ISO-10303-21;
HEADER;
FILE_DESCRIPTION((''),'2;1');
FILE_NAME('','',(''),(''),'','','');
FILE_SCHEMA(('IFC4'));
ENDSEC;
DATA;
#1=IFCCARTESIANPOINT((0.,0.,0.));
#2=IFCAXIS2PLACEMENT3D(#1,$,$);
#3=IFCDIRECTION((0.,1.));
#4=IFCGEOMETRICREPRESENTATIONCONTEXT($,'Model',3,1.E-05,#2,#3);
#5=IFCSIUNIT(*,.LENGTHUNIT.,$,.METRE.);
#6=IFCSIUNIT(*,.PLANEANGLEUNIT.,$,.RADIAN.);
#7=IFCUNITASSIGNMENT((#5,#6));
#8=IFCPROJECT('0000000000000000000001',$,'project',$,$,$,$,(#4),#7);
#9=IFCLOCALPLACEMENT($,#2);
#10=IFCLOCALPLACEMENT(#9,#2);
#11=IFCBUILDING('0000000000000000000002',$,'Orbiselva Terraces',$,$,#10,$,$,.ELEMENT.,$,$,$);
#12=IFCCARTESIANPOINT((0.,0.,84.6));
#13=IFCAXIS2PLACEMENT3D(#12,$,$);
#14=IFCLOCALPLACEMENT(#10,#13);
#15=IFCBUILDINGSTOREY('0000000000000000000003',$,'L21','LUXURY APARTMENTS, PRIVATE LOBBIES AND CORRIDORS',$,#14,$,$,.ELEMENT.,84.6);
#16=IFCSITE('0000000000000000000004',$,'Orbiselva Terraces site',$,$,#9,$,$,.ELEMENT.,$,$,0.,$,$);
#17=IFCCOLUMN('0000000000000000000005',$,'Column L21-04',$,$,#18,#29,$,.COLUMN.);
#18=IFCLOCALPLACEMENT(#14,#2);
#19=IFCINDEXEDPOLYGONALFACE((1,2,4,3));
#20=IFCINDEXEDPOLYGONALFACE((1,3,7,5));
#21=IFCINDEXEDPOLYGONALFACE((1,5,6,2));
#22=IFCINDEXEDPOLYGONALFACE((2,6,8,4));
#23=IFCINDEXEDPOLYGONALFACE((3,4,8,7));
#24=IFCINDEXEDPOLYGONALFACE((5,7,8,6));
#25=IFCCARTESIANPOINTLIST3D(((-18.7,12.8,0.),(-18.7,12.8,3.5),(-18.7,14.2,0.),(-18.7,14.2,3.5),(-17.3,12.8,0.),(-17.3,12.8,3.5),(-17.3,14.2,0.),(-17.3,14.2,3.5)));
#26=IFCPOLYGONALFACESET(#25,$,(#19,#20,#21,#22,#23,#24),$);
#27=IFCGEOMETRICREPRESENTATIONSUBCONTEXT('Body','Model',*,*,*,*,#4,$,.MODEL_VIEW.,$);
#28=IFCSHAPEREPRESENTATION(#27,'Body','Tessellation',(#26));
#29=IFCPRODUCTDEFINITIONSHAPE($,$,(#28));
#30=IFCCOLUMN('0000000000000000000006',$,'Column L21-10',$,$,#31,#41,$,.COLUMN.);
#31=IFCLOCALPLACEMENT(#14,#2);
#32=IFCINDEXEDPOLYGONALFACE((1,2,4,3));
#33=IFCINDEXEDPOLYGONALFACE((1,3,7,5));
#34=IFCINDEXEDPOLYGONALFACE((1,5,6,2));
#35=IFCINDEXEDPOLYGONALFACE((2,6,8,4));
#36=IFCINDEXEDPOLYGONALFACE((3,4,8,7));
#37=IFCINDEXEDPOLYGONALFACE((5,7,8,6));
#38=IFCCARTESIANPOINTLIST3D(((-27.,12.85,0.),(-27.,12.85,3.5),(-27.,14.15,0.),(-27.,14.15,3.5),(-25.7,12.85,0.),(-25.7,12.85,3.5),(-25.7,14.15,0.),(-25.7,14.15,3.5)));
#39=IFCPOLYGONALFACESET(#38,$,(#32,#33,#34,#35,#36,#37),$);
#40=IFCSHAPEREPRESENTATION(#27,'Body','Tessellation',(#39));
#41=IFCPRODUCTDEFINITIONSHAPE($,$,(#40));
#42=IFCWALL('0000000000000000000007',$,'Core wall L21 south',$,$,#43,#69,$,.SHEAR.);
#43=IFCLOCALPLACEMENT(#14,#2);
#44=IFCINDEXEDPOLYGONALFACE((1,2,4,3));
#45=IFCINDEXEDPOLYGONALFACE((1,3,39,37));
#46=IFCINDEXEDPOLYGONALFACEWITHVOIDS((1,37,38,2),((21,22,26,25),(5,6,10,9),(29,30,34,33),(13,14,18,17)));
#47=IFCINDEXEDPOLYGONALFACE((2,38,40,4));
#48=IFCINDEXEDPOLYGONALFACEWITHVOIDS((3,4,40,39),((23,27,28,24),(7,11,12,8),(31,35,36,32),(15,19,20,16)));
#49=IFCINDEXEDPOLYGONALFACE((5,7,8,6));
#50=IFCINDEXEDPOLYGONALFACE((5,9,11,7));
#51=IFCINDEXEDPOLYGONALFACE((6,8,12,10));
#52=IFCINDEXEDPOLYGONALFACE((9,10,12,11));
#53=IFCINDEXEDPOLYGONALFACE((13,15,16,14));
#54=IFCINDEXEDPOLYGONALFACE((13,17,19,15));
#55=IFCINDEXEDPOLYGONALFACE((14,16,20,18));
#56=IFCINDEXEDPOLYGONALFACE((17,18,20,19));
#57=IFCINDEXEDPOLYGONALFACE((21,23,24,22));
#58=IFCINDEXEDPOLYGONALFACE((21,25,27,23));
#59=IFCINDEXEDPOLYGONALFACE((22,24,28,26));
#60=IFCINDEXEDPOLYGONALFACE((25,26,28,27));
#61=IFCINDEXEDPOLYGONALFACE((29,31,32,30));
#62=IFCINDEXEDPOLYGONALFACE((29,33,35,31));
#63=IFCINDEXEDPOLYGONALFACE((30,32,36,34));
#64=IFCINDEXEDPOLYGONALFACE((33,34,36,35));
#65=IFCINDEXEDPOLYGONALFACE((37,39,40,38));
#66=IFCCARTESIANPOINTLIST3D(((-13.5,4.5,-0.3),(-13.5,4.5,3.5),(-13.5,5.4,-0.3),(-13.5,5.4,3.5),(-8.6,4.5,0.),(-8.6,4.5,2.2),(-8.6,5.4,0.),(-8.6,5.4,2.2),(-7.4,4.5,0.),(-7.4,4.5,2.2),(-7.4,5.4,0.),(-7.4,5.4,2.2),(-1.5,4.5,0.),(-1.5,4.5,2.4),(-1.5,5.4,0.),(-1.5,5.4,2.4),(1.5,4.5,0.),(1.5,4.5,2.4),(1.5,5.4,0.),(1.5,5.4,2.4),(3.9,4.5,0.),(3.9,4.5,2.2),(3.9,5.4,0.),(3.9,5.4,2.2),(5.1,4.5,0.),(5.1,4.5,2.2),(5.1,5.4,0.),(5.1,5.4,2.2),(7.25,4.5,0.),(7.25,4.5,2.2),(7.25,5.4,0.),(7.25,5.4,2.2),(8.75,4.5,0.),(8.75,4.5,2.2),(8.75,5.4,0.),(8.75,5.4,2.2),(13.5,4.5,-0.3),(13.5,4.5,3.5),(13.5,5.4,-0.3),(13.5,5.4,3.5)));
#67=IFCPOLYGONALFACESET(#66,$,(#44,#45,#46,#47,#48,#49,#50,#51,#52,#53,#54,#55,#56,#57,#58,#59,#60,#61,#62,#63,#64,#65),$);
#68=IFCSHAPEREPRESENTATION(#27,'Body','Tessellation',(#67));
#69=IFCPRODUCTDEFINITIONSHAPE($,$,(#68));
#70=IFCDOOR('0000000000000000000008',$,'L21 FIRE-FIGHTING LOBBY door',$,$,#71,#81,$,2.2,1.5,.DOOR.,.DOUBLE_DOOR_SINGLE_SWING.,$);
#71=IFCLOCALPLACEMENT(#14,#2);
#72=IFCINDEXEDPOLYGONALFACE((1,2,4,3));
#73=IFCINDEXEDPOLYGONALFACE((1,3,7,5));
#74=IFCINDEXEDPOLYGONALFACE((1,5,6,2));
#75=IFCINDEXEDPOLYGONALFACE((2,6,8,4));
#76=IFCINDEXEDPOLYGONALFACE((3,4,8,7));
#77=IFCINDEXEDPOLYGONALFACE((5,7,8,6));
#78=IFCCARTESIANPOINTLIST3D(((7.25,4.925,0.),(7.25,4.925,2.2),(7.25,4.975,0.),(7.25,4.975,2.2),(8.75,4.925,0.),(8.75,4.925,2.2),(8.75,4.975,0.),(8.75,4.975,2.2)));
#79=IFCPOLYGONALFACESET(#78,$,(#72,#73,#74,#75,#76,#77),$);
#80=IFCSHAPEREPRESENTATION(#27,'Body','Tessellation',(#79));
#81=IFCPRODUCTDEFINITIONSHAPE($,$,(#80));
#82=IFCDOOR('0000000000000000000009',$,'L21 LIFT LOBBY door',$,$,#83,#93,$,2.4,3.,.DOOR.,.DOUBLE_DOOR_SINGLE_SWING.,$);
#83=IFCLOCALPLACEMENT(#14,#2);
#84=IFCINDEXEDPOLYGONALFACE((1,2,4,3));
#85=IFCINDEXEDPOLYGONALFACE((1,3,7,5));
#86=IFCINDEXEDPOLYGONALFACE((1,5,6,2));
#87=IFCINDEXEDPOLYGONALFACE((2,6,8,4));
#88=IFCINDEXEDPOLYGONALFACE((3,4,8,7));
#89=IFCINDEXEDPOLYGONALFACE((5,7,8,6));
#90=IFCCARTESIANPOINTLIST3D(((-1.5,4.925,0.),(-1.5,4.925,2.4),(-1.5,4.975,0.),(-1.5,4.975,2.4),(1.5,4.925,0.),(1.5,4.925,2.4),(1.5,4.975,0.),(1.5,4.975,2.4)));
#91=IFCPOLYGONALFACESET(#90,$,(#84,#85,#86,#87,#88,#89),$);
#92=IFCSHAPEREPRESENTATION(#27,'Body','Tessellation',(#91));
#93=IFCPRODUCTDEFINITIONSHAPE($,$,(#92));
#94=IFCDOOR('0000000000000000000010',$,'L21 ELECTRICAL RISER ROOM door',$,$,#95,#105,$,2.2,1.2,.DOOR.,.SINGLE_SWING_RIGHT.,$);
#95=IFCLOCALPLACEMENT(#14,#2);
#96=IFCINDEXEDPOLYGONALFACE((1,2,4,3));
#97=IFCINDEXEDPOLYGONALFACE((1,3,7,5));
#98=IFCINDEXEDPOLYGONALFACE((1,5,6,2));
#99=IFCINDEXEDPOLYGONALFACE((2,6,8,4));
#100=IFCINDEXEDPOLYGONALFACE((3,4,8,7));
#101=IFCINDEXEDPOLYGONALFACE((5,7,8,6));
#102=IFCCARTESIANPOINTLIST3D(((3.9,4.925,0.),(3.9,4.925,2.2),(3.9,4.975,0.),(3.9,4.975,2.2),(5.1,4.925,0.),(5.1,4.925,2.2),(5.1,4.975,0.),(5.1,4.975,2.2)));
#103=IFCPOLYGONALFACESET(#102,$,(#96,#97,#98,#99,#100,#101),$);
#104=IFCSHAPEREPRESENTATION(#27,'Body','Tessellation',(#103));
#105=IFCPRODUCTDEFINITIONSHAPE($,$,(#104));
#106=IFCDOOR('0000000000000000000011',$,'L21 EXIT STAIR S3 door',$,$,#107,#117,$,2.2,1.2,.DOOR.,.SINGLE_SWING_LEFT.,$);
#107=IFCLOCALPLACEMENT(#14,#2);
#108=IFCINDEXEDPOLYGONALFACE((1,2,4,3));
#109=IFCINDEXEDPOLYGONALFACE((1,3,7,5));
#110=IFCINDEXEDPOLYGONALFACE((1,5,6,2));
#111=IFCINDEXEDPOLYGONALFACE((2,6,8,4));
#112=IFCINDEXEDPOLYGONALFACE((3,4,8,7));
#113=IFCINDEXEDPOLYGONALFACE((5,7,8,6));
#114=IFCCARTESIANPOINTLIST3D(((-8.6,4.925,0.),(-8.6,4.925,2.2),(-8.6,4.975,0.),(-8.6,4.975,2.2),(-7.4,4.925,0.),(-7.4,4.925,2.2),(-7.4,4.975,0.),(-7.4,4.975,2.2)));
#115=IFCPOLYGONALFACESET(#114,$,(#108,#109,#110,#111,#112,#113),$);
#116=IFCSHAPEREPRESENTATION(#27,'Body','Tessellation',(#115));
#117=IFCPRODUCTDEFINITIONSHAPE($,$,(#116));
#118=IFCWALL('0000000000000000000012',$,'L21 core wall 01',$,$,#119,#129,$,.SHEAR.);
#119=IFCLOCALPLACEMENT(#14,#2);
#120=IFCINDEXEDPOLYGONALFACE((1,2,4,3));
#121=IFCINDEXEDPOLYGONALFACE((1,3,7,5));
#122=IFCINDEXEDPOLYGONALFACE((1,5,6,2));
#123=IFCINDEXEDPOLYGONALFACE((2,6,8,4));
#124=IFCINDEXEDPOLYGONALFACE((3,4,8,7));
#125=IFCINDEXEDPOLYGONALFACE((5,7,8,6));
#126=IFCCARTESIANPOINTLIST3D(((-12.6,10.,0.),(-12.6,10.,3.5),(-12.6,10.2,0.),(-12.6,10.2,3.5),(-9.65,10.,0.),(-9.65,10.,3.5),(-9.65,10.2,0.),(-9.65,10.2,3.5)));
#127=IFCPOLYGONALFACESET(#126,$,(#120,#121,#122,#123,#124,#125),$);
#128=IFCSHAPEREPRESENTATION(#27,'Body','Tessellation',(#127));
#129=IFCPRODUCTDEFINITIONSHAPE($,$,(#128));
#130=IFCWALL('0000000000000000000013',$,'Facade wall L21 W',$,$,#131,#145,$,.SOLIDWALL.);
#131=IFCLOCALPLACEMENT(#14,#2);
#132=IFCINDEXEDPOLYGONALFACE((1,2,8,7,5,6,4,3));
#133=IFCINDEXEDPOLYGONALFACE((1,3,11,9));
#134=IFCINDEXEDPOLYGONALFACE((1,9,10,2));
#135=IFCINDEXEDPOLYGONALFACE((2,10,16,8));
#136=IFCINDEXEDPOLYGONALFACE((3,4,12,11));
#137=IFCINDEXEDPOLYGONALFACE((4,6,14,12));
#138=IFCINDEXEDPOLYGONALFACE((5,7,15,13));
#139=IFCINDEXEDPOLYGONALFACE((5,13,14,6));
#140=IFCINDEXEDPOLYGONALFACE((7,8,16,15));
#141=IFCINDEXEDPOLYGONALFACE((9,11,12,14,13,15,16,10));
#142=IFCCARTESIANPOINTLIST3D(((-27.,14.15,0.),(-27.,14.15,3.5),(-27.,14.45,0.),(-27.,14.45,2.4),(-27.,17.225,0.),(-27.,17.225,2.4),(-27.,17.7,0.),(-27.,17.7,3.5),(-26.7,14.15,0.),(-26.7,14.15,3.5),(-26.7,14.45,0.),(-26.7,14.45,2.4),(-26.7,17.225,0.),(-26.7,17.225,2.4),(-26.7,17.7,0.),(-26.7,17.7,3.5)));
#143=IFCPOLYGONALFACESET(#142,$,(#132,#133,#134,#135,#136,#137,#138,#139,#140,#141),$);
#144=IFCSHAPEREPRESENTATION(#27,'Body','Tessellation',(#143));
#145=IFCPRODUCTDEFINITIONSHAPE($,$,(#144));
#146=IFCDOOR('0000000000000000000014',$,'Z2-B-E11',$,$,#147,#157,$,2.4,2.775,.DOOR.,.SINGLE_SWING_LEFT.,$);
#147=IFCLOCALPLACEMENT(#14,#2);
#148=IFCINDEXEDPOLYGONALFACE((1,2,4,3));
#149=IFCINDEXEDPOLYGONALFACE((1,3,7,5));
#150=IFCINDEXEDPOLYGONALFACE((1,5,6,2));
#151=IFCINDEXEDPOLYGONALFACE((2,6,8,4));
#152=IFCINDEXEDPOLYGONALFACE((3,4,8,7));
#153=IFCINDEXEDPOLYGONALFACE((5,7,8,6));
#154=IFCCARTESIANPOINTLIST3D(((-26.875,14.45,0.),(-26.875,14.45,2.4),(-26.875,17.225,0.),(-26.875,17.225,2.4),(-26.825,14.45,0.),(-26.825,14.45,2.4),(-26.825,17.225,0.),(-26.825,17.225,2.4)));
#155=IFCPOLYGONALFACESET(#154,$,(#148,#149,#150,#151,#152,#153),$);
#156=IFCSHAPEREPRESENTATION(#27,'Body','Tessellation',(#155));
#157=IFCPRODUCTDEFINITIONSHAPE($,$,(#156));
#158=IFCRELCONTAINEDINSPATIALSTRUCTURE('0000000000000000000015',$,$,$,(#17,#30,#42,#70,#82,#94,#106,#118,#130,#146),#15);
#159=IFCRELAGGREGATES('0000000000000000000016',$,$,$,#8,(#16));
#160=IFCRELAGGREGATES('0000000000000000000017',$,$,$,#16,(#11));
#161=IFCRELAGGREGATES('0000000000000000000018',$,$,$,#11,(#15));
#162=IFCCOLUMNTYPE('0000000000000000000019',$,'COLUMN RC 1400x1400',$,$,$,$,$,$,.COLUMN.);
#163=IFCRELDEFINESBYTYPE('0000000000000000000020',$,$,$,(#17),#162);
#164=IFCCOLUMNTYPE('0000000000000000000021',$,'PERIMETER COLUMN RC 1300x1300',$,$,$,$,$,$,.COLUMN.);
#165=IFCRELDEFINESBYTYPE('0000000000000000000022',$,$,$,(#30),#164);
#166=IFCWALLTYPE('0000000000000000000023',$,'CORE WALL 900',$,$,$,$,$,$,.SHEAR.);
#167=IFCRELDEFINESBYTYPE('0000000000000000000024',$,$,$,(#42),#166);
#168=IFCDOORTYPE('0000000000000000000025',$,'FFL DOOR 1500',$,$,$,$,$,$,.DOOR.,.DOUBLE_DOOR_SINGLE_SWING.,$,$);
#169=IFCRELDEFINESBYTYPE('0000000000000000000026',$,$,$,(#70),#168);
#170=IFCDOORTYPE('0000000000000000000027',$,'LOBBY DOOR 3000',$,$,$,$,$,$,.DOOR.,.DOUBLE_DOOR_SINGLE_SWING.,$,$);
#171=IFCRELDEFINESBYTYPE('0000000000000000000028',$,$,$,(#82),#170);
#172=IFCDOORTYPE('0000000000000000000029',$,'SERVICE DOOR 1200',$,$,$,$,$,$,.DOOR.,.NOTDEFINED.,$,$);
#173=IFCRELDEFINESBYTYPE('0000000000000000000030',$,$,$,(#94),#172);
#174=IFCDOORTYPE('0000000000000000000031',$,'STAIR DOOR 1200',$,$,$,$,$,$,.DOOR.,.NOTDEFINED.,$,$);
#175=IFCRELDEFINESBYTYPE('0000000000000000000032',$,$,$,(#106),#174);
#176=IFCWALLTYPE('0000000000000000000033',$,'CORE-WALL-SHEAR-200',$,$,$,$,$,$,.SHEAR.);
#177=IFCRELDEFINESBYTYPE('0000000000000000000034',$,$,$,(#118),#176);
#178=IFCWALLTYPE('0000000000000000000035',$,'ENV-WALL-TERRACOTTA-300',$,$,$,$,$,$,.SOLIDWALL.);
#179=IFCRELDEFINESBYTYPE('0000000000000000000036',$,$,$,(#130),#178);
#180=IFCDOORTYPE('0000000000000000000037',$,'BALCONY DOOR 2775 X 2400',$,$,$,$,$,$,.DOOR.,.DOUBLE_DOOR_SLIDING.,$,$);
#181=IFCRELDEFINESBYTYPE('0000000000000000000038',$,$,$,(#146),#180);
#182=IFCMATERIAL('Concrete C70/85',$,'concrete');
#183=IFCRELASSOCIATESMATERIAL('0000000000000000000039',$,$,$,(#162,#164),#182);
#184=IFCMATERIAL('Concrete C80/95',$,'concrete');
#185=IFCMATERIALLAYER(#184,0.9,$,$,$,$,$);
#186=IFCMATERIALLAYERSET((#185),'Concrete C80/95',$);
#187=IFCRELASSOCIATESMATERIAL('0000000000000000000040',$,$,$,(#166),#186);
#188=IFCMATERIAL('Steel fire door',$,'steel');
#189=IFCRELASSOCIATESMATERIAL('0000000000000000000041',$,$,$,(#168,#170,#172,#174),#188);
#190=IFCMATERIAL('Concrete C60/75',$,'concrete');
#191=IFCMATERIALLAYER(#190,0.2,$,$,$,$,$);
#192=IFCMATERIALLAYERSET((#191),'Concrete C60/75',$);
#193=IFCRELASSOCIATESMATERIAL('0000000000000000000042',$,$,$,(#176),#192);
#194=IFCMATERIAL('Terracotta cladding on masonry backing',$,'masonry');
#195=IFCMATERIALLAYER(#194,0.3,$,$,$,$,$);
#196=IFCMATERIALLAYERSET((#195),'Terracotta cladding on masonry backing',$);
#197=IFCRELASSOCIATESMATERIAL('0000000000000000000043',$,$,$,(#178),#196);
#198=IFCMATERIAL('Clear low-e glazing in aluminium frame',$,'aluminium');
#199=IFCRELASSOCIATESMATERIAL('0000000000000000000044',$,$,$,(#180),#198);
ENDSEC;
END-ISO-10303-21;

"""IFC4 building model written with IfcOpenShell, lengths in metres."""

from ifc_helpers import new_model, si_unit, direction, frame, frame_2d, origin, origin_2d, place, context, subcontext, project, spatial, rectangle, extrude, material, layer, layer_set, material_profile, profile_set, type_object, element, fill, save


model = new_model("IFC4")

# Units and contexts
model_context = context("Model", 3, precision=1e-05, world=origin(), true_north=direction((0.0, 1.0)))
body_context = subcontext(model_context, "Body", "Model", "MODEL_VIEW")
ifc_project = project(units=[si_unit("LENGTHUNIT", "METRE"), si_unit("PLANEANGLEUNIT", "RADIAN")], contexts=[model_context])

# Site, building, storey
site_placement = place(None, origin())
site = spatial("IfcSite", under=ifc_project, at=site_placement, Name="Orbiselva Terraces site", CompositionType="ELEMENT", RefElevation=0.0)
building_placement = place(site_placement, origin())
building = spatial("IfcBuilding", under=site, at=building_placement, Name="Orbiselva Terraces", CompositionType="ELEMENT")
storey_placement = place(building_placement, frame((0.0, 0.0, 84.6)))
storey = spatial("IfcBuildingStorey", under=building, at=storey_placement, Name="L21", Description="LUXURY APARTMENTS, PRIVATE LOBBIES AND CORRIDORS", CompositionType="ELEMENT", Elevation=84.6)

# Columns
ifc_material_1 = material(Name="Concrete C70/85", Category="concrete")
ifc_material_profile_1 = material_profile(ifc_material_1, rectangle(XDim=1.4, YDim=1.4, at=origin_2d()), Name="RC 1400x1400")
ifc_profile_set_1 = profile_set([ifc_material_profile_1], Name="Concrete C70/85")
column_type_1 = type_object("IfcColumnType", Name="COLUMN RC 1400x1400", PredefinedType="COLUMN", material=ifc_profile_set_1)
column_1_placement = place(storey_placement, frame((-18.0, 13.5, 0.0), z_axis=(0.0, 0.0, 1.0), x_axis=(1.0, 0.0, 0.0)))
element("IfcColumn", 1, at=column_1_placement, inside=storey, type_object=column_type_1, Name="Column L21-04", PredefinedType="COLUMN", context=body_context, shape_type="SweptSolid", body=[
    extrude(rectangle(XDim=1.4, YDim=1.4, at=origin_2d()), origin(), (0.0, 0.0, 1.0), 3.5),
])
ifc_material_profile_2 = material_profile(ifc_material_1, rectangle(XDim=1.3, YDim=1.3, at=origin_2d()), Name="RC 1300x1300")
ifc_profile_set_2 = profile_set([ifc_material_profile_2], Name="Concrete C70/85")
column_type_2 = type_object("IfcColumnType", Name="PERIMETER COLUMN RC 1300x1300", PredefinedType="COLUMN", material=ifc_profile_set_2)
column_2_placement = place(storey_placement, frame((-26.35, 13.5, 0.0), z_axis=(0.0, 0.0, 1.0), x_axis=(1.0, 0.0, 0.0)))
element("IfcColumn", 2, at=column_2_placement, inside=storey, type_object=column_type_2, Name="Column L21-10", PredefinedType="COLUMN", context=body_context, shape_type="SweptSolid", body=[
    extrude(rectangle(XDim=1.3, YDim=1.3, at=origin_2d()), origin(), (0.0, 0.0, 1.0), 3.5),
])

# Wall, openings, doors
ifc_material_2 = material(Name="Concrete C80/95", Category="concrete")
ifc_layer_1 = layer(ifc_material_2, 0.9)
ifc_layer_set_1 = layer_set([ifc_layer_1], Name="Concrete C80/95")
wall_type_1 = type_object("IfcWallType", Name="CORE WALL 900", PredefinedType="SHEAR", material=ifc_layer_set_1)
wall_1_placement = place(storey_placement, frame((-13.5, 4.95, -0.3), z_axis=(0.0, 0.0, 1.0), x_axis=(1.0, 0.0, 0.0)))
wall_1 = element("IfcWall", 3, at=wall_1_placement, inside=storey, type_object=wall_type_1, Name="Core wall L21 south", PredefinedType="SHEAR", context=body_context, shape_type="SweptSolid", body=[
    extrude(rectangle(XDim=27.0, YDim=0.9, at=frame_2d((13.5, 0.0))), origin(), (0.0, 0.0, 1.0), 3.8),
])
opening_1_placement = place(wall_1_placement, frame((12.0, 0.0, 0.3)))
opening_1 = element("IfcOpeningElement", 4, at=opening_1_placement, cuts=wall_1, PredefinedType="OPENING", context=body_context, shape_type="SweptSolid", body=[
    extrude(rectangle(XDim=3.0, YDim=2.4, at=frame_2d((1.5, 1.2))), frame((0.0, 0.46, 0.0), z_axis=(0.0, -1.0, 0.0), x_axis=(1.0, 0.0, 0.0)), (0.0, 0.0, 1.0), 0.92),
])
opening_2_placement = place(wall_1_placement, frame((4.9, 0.0, 0.3)))
opening_2 = element("IfcOpeningElement", 5, at=opening_2_placement, cuts=wall_1, PredefinedType="OPENING", context=body_context, shape_type="SweptSolid", body=[
    extrude(rectangle(XDim=1.2, YDim=2.2, at=frame_2d((0.6, 1.1))), frame((0.0, 0.46, 0.0), z_axis=(0.0, -1.0, 0.0), x_axis=(1.0, 0.0, 0.0)), (0.0, 0.0, 1.0), 0.92),
])
opening_3_placement = place(wall_1_placement, frame((20.75, 0.0, 0.3)))
opening_3 = element("IfcOpeningElement", 6, at=opening_3_placement, cuts=wall_1, PredefinedType="OPENING", context=body_context, shape_type="SweptSolid", body=[
    extrude(rectangle(XDim=1.5, YDim=2.2, at=frame_2d((0.75, 1.1))), frame((0.0, 0.46, 0.0), z_axis=(0.0, -1.0, 0.0), x_axis=(1.0, 0.0, 0.0)), (0.0, 0.0, 1.0), 0.92),
])
opening_4_placement = place(wall_1_placement, frame((17.4, 0.0, 0.3)))
opening_4 = element("IfcOpeningElement", 7, at=opening_4_placement, cuts=wall_1, PredefinedType="OPENING", context=body_context, shape_type="SweptSolid", body=[
    extrude(rectangle(XDim=1.2, YDim=2.2, at=frame_2d((0.6, 1.1))), frame((0.0, 0.46, 0.0), z_axis=(0.0, -1.0, 0.0), x_axis=(1.0, 0.0, 0.0)), (0.0, 0.0, 1.0), 0.92),
])
ifc_material_3 = material(Name="Steel fire door", Category="steel")
door_type_1 = type_object("IfcDoorType", Name="FFL DOOR 1500", OperationType="DOUBLE_DOOR_SINGLE_SWING", PredefinedType="DOOR", material=ifc_material_3)
door_1_placement = place(opening_3_placement, frame((1.5, 0.0, 0.0), z_axis=(0.0, 0.0, 1.0), x_axis=(-1.0, 0.0, 0.0)))
door_1 = element("IfcDoor", 8, at=door_1_placement, inside=storey, type_object=door_type_1, Name="L21 FIRE-FIGHTING LOBBY door", OperationType="DOUBLE_DOOR_SINGLE_SWING", OverallHeight=2.2, OverallWidth=1.5, PredefinedType="DOOR", context=body_context, shape_type="SweptSolid", body=[
    extrude(rectangle(XDim=1.5, YDim=2.2, at=frame_2d((0.75, 1.1))), frame((0.0, 0.025, 0.0), z_axis=(0.0, -1.0, 0.0), x_axis=(1.0, 0.0, 0.0)), (0.0, 0.0, 1.0), 0.05),
])
fill(opening_3, door_1)
door_type_2 = type_object("IfcDoorType", Name="LOBBY DOOR 3000", OperationType="DOUBLE_DOOR_SINGLE_SWING", PredefinedType="DOOR", material=ifc_material_3)
door_2_placement = place(opening_1_placement, frame((3.0, 0.0, 0.0), z_axis=(0.0, 0.0, 1.0), x_axis=(-1.0, 0.0, 0.0)))
door_2 = element("IfcDoor", 9, at=door_2_placement, inside=storey, type_object=door_type_2, Name="L21 LIFT LOBBY door", OperationType="DOUBLE_DOOR_SINGLE_SWING", OverallHeight=2.4, OverallWidth=3.0, PredefinedType="DOOR", context=body_context, shape_type="SweptSolid", body=[
    extrude(rectangle(XDim=3.0, YDim=2.4, at=frame_2d((1.5, 1.2))), frame((0.0, 0.025, 0.0), z_axis=(0.0, -1.0, 0.0), x_axis=(1.0, 0.0, 0.0)), (0.0, 0.0, 1.0), 0.05),
])
fill(opening_1, door_2)
door_type_3 = type_object("IfcDoorType", Name="SERVICE DOOR 1200", OperationType="NOTDEFINED", PredefinedType="DOOR", material=ifc_material_3)
door_3_placement = place(opening_4_placement, frame((1.2, 0.0, 0.0), z_axis=(0.0, 0.0, 1.0), x_axis=(-1.0, 0.0, 0.0)))
door_3 = element("IfcDoor", 10, at=door_3_placement, inside=storey, type_object=door_type_3, Name="L21 ELECTRICAL RISER ROOM door", OperationType="SINGLE_SWING_RIGHT", OverallHeight=2.2, OverallWidth=1.2, PredefinedType="DOOR", context=body_context, shape_type="SweptSolid", body=[
    extrude(rectangle(XDim=1.2, YDim=2.2, at=frame_2d((0.6, 1.1))), frame((0.0, 0.025, 0.0), z_axis=(0.0, -1.0, 0.0), x_axis=(1.0, 0.0, 0.0)), (0.0, 0.0, 1.0), 0.05),
])
fill(opening_4, door_3)
door_type_4 = type_object("IfcDoorType", Name="STAIR DOOR 1200", OperationType="NOTDEFINED", PredefinedType="DOOR", material=ifc_material_3)
door_4_placement = place(opening_2_placement, frame((1.2, 0.0, 0.0), z_axis=(0.0, 0.0, 1.0), x_axis=(-1.0, 0.0, 0.0)))
door_4 = element("IfcDoor", 11, at=door_4_placement, inside=storey, type_object=door_type_4, Name="L21 EXIT STAIR S3 door", OperationType="SINGLE_SWING_LEFT", OverallHeight=2.2, OverallWidth=1.2, PredefinedType="DOOR", context=body_context, shape_type="SweptSolid", body=[
    extrude(rectangle(XDim=1.2, YDim=2.2, at=frame_2d((0.6, 1.1))), frame((0.0, 0.025, 0.0), z_axis=(0.0, -1.0, 0.0), x_axis=(1.0, 0.0, 0.0)), (0.0, 0.0, 1.0), 0.05),
])
fill(opening_2, door_4)

# Wall
ifc_material_4 = material(Name="Concrete C60/75", Category="concrete")
ifc_layer_2 = layer(ifc_material_4, 0.2)
ifc_layer_set_2 = layer_set([ifc_layer_2], Name="Concrete C60/75")
wall_type_2 = type_object("IfcWallType", Name="CORE-WALL-SHEAR-200", PredefinedType="SHEAR", material=ifc_layer_set_2)
wall_2_placement = place(storey_placement, frame((-12.6, 10.1, 0.0), z_axis=(0.0, 0.0, 1.0), x_axis=(1.0, 0.0, 0.0)))
element("IfcWall", 12, at=wall_2_placement, inside=storey, type_object=wall_type_2, Name="L21 core wall 01", PredefinedType="SHEAR", context=body_context, shape_type="SweptSolid", body=[
    extrude(rectangle(XDim=2.95, YDim=0.2, at=frame_2d((1.475, 0.0))), origin(), (0.0, 0.0, 1.0), 3.5),
])

# Wall, opening, door
ifc_material_5 = material(Name="Terracotta cladding on masonry backing", Category="masonry")
ifc_layer_3 = layer(ifc_material_5, 0.3)
ifc_layer_set_3 = layer_set([ifc_layer_3], Name="Terracotta cladding on masonry backing")
wall_type_3 = type_object("IfcWallType", Name="ENV-WALL-TERRACOTTA-300", PredefinedType="SOLIDWALL", material=ifc_layer_set_3)
wall_3_placement = place(storey_placement, frame((-26.85, 14.15, 0.0), z_axis=(0.0, 0.0, 1.0), x_axis=(0.0, 1.0, 0.0)))
wall_3 = element("IfcWall", 13, at=wall_3_placement, inside=storey, type_object=wall_type_3, Name="Facade wall L21 W", PredefinedType="SOLIDWALL", context=body_context, shape_type="SweptSolid", body=[
    extrude(rectangle(XDim=3.55, YDim=0.3, at=frame_2d((1.775, 0.0))), origin(), (0.0, 0.0, 1.0), 3.5),
])
opening_5_placement = place(wall_3_placement, frame((0.3, 0.0, 0.0)))
opening_5 = element("IfcOpeningElement", 14, at=opening_5_placement, cuts=wall_3, PredefinedType="OPENING", context=body_context, shape_type="SweptSolid", body=[
    extrude(rectangle(XDim=2.775, YDim=2.4, at=frame_2d((1.3875, 1.2))), frame((0.0, 0.16, 0.0), z_axis=(0.0, -1.0, 0.0), x_axis=(1.0, 0.0, 0.0)), (0.0, 0.0, 1.0), 0.32),
])
ifc_material_6 = material(Name="Clear low-e glazing in aluminium frame", Category="aluminium")
door_type_5 = type_object("IfcDoorType", Name="BALCONY DOOR 2775 X 2400", OperationType="DOUBLE_DOOR_SLIDING", PredefinedType="DOOR", material=ifc_material_6)
door_5_placement = place(opening_5_placement, origin())
door_5 = element("IfcDoor", 15, at=door_5_placement, inside=storey, type_object=door_type_5, Name="Z2-B-E11", OperationType="SINGLE_SWING_LEFT", OverallHeight=2.4, OverallWidth=2.775, PredefinedType="DOOR", context=body_context, shape_type="SweptSolid", body=[
    extrude(rectangle(XDim=2.775, YDim=2.4, at=frame_2d((1.3875, 1.2))), frame((0.0, 0.025, 0.0), z_axis=(0.0, -1.0, 0.0), x_axis=(1.0, 0.0, 0.0)), (0.0, 0.0, 1.0), 0.05),
])
fill(opening_5, door_5)

save(model, "model.ifc")
